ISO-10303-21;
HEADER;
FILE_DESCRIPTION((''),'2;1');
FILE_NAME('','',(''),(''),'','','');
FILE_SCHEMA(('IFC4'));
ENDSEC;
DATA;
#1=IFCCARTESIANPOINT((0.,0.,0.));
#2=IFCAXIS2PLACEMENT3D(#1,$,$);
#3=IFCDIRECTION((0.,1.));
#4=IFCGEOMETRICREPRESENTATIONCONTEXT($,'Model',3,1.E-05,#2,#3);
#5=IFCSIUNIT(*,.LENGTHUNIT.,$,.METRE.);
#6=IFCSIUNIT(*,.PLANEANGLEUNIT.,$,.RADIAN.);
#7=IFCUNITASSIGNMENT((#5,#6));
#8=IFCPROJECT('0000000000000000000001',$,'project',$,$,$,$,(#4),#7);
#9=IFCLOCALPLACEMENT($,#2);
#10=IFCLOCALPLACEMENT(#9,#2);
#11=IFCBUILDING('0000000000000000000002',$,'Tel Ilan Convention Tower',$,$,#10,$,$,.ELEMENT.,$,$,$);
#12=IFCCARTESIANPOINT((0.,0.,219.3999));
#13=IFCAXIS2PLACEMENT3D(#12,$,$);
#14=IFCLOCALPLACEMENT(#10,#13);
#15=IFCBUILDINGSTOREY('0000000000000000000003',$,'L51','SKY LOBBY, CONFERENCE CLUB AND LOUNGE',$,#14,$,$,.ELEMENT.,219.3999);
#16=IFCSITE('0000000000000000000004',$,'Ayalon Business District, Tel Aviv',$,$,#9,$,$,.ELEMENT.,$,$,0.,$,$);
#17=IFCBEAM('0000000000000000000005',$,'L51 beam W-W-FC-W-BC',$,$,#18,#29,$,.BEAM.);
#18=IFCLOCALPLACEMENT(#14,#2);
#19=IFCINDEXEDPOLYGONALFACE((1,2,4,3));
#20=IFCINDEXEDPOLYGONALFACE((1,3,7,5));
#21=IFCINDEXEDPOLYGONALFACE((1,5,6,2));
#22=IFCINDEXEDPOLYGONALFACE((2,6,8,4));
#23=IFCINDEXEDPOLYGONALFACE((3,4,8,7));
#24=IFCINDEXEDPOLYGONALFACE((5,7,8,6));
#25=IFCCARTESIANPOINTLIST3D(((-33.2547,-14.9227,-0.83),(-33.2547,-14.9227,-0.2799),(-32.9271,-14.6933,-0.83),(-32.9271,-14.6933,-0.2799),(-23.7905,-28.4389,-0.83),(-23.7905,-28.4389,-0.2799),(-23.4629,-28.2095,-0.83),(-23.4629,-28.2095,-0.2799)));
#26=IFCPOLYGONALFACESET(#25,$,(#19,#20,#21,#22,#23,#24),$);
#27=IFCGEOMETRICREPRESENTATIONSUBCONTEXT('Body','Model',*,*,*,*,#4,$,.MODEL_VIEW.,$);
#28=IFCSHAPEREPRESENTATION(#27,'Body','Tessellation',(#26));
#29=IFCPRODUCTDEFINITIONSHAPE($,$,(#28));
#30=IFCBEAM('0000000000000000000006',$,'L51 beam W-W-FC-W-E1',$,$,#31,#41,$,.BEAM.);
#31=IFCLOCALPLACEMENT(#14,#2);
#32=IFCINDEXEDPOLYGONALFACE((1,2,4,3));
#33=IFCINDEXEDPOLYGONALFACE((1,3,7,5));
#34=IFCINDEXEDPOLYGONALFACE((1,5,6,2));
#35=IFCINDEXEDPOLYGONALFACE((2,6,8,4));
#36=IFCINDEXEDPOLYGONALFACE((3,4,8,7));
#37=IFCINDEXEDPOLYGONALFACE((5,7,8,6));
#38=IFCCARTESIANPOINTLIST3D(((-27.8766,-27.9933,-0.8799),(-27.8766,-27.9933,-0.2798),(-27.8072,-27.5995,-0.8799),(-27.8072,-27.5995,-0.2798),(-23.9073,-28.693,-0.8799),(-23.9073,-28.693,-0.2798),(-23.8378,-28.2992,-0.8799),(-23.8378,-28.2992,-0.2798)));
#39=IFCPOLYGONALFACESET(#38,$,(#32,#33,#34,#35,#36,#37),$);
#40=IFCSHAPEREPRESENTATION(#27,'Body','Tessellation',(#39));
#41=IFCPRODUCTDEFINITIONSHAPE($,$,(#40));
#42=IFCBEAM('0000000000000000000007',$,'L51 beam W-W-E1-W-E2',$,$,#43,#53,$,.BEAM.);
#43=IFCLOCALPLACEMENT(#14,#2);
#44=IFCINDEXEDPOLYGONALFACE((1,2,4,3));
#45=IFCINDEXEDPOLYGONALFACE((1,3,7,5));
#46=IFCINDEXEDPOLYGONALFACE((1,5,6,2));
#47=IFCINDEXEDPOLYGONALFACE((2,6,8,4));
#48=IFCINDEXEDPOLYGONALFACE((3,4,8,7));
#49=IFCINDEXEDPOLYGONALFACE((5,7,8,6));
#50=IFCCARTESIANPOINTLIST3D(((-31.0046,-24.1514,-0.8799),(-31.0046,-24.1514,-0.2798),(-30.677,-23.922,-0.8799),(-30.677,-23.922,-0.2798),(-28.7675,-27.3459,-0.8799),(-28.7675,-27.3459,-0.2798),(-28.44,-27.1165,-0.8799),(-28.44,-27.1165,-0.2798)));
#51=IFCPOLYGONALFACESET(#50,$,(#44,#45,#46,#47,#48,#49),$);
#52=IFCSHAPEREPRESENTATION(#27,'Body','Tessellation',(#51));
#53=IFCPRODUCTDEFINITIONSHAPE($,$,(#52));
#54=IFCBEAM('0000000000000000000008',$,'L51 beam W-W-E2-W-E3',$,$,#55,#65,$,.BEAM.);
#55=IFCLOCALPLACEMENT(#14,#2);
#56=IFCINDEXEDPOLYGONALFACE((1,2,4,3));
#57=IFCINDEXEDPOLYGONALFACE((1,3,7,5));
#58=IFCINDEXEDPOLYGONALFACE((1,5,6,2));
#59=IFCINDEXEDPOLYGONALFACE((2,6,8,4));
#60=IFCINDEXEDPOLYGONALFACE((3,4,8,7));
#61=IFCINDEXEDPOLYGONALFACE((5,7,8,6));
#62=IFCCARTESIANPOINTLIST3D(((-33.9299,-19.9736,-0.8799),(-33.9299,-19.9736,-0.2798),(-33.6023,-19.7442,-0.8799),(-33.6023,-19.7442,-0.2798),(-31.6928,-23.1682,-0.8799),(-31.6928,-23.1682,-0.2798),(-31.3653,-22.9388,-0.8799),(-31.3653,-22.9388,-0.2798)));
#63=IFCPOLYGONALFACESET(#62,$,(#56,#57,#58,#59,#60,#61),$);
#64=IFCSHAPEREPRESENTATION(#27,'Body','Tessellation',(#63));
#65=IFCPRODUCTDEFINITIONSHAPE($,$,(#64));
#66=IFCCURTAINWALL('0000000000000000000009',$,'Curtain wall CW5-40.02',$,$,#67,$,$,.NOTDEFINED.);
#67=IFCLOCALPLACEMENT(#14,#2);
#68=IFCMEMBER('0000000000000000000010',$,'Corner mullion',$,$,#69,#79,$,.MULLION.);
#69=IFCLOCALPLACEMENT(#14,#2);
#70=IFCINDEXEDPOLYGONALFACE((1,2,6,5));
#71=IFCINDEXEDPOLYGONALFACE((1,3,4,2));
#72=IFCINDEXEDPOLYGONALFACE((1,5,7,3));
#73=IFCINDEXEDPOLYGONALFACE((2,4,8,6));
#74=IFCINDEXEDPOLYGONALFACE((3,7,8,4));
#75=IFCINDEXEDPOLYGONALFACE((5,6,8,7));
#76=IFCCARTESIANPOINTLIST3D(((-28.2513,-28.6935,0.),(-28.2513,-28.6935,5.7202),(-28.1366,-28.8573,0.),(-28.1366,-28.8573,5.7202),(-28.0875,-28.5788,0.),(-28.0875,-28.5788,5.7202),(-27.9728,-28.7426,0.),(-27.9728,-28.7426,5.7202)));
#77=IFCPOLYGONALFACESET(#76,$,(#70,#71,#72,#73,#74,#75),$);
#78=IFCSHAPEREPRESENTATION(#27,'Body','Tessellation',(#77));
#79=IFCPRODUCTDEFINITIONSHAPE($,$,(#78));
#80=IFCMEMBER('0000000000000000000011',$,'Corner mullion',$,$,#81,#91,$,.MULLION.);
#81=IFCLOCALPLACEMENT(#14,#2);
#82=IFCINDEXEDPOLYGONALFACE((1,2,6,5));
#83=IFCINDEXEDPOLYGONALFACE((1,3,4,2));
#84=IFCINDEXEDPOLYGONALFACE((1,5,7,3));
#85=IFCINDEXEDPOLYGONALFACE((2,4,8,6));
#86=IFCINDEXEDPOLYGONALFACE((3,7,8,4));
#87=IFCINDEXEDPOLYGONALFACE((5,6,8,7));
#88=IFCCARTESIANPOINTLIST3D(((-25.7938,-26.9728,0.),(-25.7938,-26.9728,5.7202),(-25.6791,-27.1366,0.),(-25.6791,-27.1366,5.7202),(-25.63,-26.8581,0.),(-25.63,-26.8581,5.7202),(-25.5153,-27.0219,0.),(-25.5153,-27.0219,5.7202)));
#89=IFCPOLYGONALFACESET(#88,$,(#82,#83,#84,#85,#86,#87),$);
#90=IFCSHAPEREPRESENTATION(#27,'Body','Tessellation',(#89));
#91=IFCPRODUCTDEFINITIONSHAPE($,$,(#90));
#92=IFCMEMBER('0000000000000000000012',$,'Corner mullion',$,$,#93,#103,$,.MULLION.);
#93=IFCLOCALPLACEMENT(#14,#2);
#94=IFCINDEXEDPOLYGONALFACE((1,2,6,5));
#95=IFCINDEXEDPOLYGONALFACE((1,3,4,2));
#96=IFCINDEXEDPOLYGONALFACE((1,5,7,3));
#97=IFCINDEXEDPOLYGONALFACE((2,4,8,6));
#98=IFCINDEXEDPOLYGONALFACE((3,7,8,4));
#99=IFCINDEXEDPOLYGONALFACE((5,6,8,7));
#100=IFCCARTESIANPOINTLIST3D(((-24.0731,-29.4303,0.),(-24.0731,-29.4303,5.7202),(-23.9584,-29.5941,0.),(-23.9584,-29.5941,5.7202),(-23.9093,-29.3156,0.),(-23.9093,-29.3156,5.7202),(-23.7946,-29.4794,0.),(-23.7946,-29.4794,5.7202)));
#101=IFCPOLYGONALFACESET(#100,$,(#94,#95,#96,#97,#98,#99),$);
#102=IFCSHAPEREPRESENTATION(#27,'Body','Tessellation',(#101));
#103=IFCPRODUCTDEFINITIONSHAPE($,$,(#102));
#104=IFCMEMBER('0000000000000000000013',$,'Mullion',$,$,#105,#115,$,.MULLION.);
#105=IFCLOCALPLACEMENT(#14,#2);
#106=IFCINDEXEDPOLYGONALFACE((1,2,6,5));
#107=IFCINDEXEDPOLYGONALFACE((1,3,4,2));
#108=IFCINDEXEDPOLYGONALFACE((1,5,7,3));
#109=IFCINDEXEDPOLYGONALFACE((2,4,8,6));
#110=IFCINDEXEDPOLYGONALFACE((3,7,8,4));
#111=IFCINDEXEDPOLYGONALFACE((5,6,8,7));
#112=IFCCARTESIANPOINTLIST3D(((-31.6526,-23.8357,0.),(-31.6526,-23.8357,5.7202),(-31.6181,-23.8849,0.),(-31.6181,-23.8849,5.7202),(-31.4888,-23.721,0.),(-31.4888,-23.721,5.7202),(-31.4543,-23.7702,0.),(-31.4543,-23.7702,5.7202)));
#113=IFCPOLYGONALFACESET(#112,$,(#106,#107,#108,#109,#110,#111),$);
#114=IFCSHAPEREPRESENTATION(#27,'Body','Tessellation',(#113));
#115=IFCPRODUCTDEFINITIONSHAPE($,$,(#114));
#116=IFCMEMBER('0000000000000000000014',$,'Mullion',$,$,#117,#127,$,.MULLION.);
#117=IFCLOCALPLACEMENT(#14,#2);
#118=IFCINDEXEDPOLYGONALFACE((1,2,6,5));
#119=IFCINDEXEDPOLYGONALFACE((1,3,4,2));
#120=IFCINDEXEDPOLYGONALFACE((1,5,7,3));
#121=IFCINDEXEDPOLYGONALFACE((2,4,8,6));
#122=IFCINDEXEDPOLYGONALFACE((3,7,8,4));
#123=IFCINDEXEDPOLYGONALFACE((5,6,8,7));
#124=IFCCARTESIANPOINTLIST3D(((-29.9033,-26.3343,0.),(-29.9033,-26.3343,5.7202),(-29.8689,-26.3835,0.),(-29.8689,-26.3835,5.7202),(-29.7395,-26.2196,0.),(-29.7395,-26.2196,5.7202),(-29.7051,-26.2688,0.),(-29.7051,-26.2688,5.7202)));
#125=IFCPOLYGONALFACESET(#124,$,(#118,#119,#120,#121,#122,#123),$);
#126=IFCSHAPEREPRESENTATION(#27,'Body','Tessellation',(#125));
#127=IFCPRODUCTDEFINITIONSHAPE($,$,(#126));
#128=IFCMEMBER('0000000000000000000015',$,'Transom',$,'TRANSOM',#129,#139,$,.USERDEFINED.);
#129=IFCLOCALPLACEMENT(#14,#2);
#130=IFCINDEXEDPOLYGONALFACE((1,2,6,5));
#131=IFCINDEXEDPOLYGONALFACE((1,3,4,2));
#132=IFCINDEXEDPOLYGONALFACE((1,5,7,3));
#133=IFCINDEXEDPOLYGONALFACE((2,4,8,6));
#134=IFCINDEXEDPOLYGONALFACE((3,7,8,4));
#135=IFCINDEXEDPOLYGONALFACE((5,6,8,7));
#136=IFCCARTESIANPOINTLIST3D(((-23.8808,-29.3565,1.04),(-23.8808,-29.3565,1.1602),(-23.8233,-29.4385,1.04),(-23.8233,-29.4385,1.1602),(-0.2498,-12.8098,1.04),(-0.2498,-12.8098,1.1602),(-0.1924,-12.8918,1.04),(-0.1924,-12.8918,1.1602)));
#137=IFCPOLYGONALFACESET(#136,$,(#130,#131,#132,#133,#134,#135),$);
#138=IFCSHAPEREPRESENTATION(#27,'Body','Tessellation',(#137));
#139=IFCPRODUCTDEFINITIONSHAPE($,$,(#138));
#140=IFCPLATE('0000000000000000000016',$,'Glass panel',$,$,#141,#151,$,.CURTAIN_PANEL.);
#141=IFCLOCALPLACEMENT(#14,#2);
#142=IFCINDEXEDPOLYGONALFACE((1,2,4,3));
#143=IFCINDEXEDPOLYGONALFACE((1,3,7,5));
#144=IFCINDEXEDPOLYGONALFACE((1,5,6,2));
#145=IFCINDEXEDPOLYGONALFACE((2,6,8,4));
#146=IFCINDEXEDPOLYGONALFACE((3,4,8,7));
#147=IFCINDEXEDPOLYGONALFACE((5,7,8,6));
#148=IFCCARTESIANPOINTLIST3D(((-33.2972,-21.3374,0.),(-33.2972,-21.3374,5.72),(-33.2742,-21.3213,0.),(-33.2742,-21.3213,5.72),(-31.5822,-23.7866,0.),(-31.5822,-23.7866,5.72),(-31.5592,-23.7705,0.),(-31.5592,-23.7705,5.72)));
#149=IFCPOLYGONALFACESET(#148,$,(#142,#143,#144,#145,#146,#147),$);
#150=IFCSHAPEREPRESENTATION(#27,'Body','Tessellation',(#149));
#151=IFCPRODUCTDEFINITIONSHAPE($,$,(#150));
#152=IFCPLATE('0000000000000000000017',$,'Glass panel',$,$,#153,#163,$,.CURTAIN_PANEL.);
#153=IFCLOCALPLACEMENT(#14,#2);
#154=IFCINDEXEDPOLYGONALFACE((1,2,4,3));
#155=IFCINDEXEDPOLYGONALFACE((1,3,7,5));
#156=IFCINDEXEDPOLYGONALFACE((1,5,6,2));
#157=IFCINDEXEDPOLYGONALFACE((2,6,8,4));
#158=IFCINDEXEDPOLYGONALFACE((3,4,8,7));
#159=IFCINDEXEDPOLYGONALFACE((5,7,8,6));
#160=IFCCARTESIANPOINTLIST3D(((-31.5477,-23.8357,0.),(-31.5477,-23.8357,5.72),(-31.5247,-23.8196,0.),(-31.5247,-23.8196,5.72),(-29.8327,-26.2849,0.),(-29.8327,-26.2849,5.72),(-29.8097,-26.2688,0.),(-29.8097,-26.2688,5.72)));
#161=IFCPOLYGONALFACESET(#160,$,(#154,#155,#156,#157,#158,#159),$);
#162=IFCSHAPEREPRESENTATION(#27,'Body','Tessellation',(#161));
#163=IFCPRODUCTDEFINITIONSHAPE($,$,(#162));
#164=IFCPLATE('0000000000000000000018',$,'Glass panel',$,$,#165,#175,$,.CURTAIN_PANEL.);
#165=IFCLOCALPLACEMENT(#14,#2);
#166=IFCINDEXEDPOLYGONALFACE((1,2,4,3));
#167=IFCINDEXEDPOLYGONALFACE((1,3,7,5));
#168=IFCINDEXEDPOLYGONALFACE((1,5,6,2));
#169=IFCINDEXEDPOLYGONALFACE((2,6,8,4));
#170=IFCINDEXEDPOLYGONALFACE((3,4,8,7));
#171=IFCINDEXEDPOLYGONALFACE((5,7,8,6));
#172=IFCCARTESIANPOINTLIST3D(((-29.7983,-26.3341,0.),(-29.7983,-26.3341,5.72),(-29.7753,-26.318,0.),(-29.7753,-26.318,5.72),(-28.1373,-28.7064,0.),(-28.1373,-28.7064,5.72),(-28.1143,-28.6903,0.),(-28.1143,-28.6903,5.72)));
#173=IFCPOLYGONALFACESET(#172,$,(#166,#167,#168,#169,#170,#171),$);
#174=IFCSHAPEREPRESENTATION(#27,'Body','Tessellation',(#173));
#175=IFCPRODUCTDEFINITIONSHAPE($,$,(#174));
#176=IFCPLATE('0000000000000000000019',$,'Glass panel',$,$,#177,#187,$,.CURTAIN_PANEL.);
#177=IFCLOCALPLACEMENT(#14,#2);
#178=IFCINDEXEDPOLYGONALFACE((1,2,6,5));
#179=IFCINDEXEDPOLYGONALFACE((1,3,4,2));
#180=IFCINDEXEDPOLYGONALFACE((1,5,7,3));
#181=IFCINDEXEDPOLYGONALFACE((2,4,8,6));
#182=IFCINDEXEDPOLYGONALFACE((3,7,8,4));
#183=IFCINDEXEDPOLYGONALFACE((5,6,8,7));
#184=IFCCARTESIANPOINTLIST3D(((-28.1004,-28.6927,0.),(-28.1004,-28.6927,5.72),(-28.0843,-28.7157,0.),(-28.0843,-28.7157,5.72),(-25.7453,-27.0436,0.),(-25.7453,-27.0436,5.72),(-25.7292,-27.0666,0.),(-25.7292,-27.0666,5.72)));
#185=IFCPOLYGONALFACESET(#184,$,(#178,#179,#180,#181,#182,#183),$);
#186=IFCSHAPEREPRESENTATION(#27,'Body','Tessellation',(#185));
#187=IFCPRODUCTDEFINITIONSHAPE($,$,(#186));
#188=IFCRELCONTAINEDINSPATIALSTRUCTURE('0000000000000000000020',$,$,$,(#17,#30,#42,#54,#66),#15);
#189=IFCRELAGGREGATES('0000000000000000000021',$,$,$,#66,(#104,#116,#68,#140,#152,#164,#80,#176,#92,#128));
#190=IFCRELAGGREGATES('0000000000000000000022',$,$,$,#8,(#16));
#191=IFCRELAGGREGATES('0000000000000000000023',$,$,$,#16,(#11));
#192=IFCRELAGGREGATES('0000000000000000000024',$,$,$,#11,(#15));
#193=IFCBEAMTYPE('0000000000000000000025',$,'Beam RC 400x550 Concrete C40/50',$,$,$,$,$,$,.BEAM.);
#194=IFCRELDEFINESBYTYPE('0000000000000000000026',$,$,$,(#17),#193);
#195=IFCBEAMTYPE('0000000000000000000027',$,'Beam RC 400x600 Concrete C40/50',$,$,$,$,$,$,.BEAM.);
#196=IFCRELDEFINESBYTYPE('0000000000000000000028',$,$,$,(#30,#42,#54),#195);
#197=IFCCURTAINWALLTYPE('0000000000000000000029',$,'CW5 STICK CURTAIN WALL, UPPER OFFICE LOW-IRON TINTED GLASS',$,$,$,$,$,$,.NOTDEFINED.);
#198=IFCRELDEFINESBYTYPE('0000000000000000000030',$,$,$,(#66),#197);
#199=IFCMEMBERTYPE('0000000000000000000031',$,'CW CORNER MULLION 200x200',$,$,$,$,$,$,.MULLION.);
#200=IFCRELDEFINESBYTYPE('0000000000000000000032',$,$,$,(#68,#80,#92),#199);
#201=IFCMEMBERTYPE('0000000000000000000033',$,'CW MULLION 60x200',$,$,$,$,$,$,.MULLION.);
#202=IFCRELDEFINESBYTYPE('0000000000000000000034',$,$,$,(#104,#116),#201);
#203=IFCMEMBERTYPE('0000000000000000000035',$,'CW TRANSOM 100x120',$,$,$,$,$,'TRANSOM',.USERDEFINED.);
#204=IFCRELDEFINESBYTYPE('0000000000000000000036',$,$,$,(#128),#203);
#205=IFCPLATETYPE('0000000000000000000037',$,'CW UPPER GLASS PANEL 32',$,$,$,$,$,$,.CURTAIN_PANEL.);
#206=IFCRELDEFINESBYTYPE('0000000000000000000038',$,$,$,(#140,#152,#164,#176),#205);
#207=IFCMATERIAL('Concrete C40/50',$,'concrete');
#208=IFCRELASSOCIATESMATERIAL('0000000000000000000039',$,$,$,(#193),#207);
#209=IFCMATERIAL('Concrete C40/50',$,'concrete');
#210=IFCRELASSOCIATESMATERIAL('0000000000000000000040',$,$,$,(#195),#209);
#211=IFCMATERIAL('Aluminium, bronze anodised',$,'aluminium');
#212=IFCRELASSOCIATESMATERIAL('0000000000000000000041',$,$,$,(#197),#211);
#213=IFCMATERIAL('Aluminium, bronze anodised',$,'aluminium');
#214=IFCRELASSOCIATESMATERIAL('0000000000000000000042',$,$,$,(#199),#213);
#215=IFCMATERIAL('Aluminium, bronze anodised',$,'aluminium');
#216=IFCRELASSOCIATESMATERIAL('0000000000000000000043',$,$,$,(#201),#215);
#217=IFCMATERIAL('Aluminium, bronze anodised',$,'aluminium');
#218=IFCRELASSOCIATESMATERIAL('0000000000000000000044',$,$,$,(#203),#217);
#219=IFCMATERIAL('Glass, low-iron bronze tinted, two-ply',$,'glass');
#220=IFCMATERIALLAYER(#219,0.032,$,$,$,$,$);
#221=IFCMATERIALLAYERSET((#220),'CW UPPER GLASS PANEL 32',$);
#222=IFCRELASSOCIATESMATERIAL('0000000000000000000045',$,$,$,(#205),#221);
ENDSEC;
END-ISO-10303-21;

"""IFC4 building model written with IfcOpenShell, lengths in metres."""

from ifc_helpers import new_model, si_unit, direction, frame, origin, origin_2d, place, context, subcontext, project, spatial, rectangle, extrude, material, layer, layer_set, material_profile, profile_set, type_object, element, aggregate, save


model = new_model("IFC4")

# Units and contexts
model_context = context("Model", 3, precision=1e-05, world=origin(), true_north=direction((0.0, 1.0)))
body_context = subcontext(model_context, "Body", "Model", "MODEL_VIEW")
ifc_project = project(units=[si_unit("LENGTHUNIT", "METRE"), si_unit("PLANEANGLEUNIT", "RADIAN")], contexts=[model_context])

# Site, building, storey
site_placement = place(None, origin())
site = spatial("IfcSite", under=ifc_project, at=site_placement, Name="Ayalon Business District, Tel Aviv", CompositionType="ELEMENT", RefElevation=0.0)
building_placement = place(site_placement, origin())
building = spatial("IfcBuilding", under=site, at=building_placement, Name="Tel Ilan Convention Tower", CompositionType="ELEMENT")
storey_placement = place(building_placement, frame((0.0, 0.0, 219.3999)))
storey = spatial("IfcBuildingStorey", under=building, at=storey_placement, Name="L51", Description="SKY LOBBY, CONFERENCE CLUB AND LOUNGE", CompositionType="ELEMENT", Elevation=219.3999)

# Beams
ifc_material_1 = material(Name="Concrete C40/50", Category="concrete")
ifc_material_profile_1 = material_profile(ifc_material_1, rectangle(XDim=0.3999, YDim=0.55, at=origin_2d()), Name="RC 400x550")
ifc_profile_set_1 = profile_set([ifc_material_profile_1], Name="Concrete C40/50")
beam_type_1 = type_object("IfcBeamType", Name="Beam RC 400x550 Concrete C40/50", PredefinedType="BEAM", material=ifc_profile_set_1)
beam_1_placement = place(storey_placement, frame((-23.6267, -28.3242, -0.5549), z_axis=(-0.573578, 0.819151, 0.0), x_axis=(-0.819151, -0.573578, 0.0)))
element("IfcBeam", 1, at=beam_1_placement, inside=storey, type_object=beam_type_1, Name="L51 beam W-W-FC-W-BC", PredefinedType="BEAM", context=body_context, shape_type="SweptSolid", body=[
    extrude(rectangle(XDim=0.3999, YDim=0.55, at=origin_2d()), origin(), (0.0, 0.0, 1.0), 16.5002),
])
ifc_material_2 = material(Name="Concrete C40/50", Category="concrete")
ifc_material_profile_2 = material_profile(ifc_material_2, rectangle(XDim=0.3999, YDim=0.6001, at=origin_2d()), Name="RC 400x600")
ifc_profile_set_2 = profile_set([ifc_material_profile_2], Name="Concrete C40/50")
beam_type_2 = type_object("IfcBeamType", Name="Beam RC 400x600 Concrete C40/50", PredefinedType="BEAM", material=ifc_profile_set_2)
beam_2_placement = place(storey_placement, frame((-23.8726, -28.4961, -0.5798), z_axis=(-0.984815, 0.173606, 0.0), x_axis=(-0.173606, -0.984815, 0.0)))
element("IfcBeam", 2, at=beam_2_placement, inside=storey, type_object=beam_type_2, Name="L51 beam W-W-FC-W-E1", PredefinedType="BEAM", context=body_context, shape_type="SweptSolid", body=[
    extrude(rectangle(XDim=0.3999, YDim=0.6001, at=origin_2d()), origin(), (0.0, 0.0, 1.0), 4.0305),
])
for number, where, z_axis, x_axis, name in (
    (3, (-28.6038, -27.2312, -0.5798), (-0.573609, 0.819129, 0.0), (-0.819129, -0.573609, 0.0), "L51 beam W-W-E1-W-E2"),
    (4, (-31.5291, -23.0535, -0.5798), (-0.573609, 0.819129, 0.0), (-0.819129, -0.573609, 0.0), "L51 beam W-W-E2-W-E3"),
):
    element("IfcBeam", number, at=place(storey_placement, frame(where, z_axis=z_axis, x_axis=x_axis)), inside=storey, type_object=beam_type_2, Name=name, PredefinedType="BEAM", context=body_context, shape_type="SweptSolid", body=[
        extrude(rectangle(XDim=0.3999, YDim=0.6001, at=origin_2d()), origin(), (0.0, 0.0, 1.0), 3.8999),
    ])

# Curtain wall, members, plates
ifc_material_3 = material(Name="Aluminium, bronze anodised", Category="aluminium")
curtain_wall_type = type_object("IfcCurtainWallType", Name="CW5 STICK CURTAIN WALL, UPPER OFFICE LOW-IRON TINTED GLASS", PredefinedType="NOTDEFINED", material=ifc_material_3)
curtain_wall_placement = place(storey_placement, origin())
curtain_wall = element("IfcCurtainWall", 5, at=curtain_wall_placement, inside=storey, type_object=curtain_wall_type, Name="Curtain wall CW5-40.02", PredefinedType="NOTDEFINED")
ifc_material_4 = material(Name="Aluminium, bronze anodised", Category="aluminium")
ifc_material_profile_3 = material_profile(ifc_material_4, rectangle(XDim=0.2, YDim=0.2, at=origin_2d()), Name="CW CORNER MULLION 200x200")
ifc_profile_set_3 = profile_set([ifc_material_profile_3], Name="Aluminium, bronze anodised")
member_type_1 = type_object("IfcMemberType", Name="CW CORNER MULLION 200x200", PredefinedType="MULLION", material=ifc_profile_set_3)
member_1_placement = place(storey_placement, frame((-28.1121, -28.718, 0.0), z_axis=(0.0, 0.0, 1.0), x_axis=(0.573576, -0.819152, 0.0)))
member_1 = element("IfcMember", 6, at=member_1_placement, type_object=member_type_1, Name="Corner mullion", PredefinedType="MULLION", context=body_context, shape_type="SweptSolid", body=[
    extrude(rectangle(XDim=0.2, YDim=0.2, at=origin_2d()), origin(), (0.0, 0.0, 1.0), 5.7202),
])
member_2_placement = place(storey_placement, frame((-25.6545, -26.9973, 0.0), z_axis=(0.0, 0.0, 1.0), x_axis=(0.819152, 0.573576, 0.0)))
member_2 = element("IfcMember", 7, at=member_2_placement, type_object=member_type_1, Name="Corner mullion", PredefinedType="MULLION", context=body_context, shape_type="SweptSolid", body=[
    extrude(rectangle(XDim=0.2, YDim=0.2, at=origin_2d()), origin(), (0.0, 0.0, 1.0), 5.7202),
])
member_3_placement = place(storey_placement, frame((-23.9338, -29.4548, 0.0), z_axis=(0.0, 0.0, 1.0), x_axis=(0.573576, -0.819152, 0.0)))
member_3 = element("IfcMember", 8, at=member_3_placement, type_object=member_type_1, Name="Corner mullion", PredefinedType="MULLION", context=body_context, shape_type="SweptSolid", body=[
    extrude(rectangle(XDim=0.2, YDim=0.2, at=origin_2d()), origin(), (0.0, 0.0, 1.0), 5.7202),
])
ifc_material_5 = material(Name="Aluminium, bronze anodised", Category="aluminium")
ifc_material_profile_4 = material_profile(ifc_material_5, rectangle(XDim=0.0601, YDim=0.2, at=origin_2d()), Name="CW MULLION 60x200")
ifc_profile_set_4 = profile_set([ifc_material_profile_4], Name="Aluminium, bronze anodised")
member_type_2 = type_object("IfcMemberType", Name="CW MULLION 60x200", PredefinedType="MULLION", material=ifc_profile_set_4)
member_4_placement = place(storey_placement, frame((-31.5535, -23.803, 0.0), z_axis=(0.0, 0.0, 1.0), x_axis=(0.573576, -0.819152, 0.0)))
member_4 = element("IfcMember", 9, at=member_4_placement, type_object=member_type_2, Name="Mullion", PredefinedType="MULLION", context=body_context, shape_type="SweptSolid", body=[
    extrude(rectangle(XDim=0.0601, YDim=0.2, at=origin_2d()), origin(), (0.0, 0.0, 1.0), 5.7202),
])
member_5_placement = place(storey_placement, frame((-29.8042, -26.3015, 0.0), z_axis=(0.0, 0.0, 1.0), x_axis=(0.573576, -0.819152, 0.0)))
member_5 = element("IfcMember", 10, at=member_5_placement, type_object=member_type_2, Name="Mullion", PredefinedType="MULLION", context=body_context, shape_type="SweptSolid", body=[
    extrude(rectangle(XDim=0.0601, YDim=0.2, at=origin_2d()), origin(), (0.0, 0.0, 1.0), 5.7202),
])
ifc_material_6 = material(Name="Aluminium, bronze anodised", Category="aluminium")
ifc_material_profile_5 = material_profile(ifc_material_6, rectangle(XDim=0.1001, YDim=0.1201, at=origin_2d()), Name="CW TRANSOM 100x120")
ifc_profile_set_5 = profile_set([ifc_material_profile_5], Name="Aluminium, bronze anodised")
member_type_3 = type_object("IfcMemberType", Name="CW TRANSOM 100x120", ElementType="TRANSOM", PredefinedType="USERDEFINED", material=ifc_profile_set_5)
member_6_placement = place(storey_placement, frame((-23.8521, -29.3975, 1.1001), z_axis=(0.81915, 0.573579, 0.0), x_axis=(-0.573579, 0.81915, 0.0)))
member_6 = element("IfcMember", 11, at=member_6_placement, type_object=member_type_3, Name="Transom", ObjectType="TRANSOM", PredefinedType="USERDEFINED", context=body_context, shape_type="SweptSolid", body=[
    extrude(rectangle(XDim=0.1001, YDim=0.1201, at=origin_2d()), origin(), (0.0, 0.0, 1.0), 28.8481),
])
ifc_material_7 = material(Name="Glass, low-iron bronze tinted, two-ply", Category="glass")
ifc_layer_1 = layer(ifc_material_7, 0.032)
ifc_layer_set_1 = layer_set([ifc_layer_1], Name="CW UPPER GLASS PANEL 32")
plate_type = type_object("IfcPlateType", Name="CW UPPER GLASS PANEL 32", PredefinedType="CURTAIN_PANEL", material=ifc_layer_set_1)
plate_1_placement = place(storey_placement, frame((-32.4282, -22.554, 0.0), z_axis=(0.0, 0.0, 1.0), x_axis=(0.573576, -0.819152, 0.0)))
plate_1 = element("IfcPlate", 12, at=plate_1_placement, type_object=plate_type, Name="Glass panel", PredefinedType="CURTAIN_PANEL", context=body_context, shape_type="SweptSolid", body=[
    extrude(rectangle(XDim=2.99, YDim=0.0281, at=origin_2d()), origin(), (0.0, 0.0, 1.0), 5.72),
])
plate_2_placement = place(storey_placement, frame((-30.6787, -25.0522, 0.0), z_axis=(0.0, 0.0, 1.0), x_axis=(0.573576, -0.819152, 0.0)))
plate_2 = element("IfcPlate", 13, at=plate_2_placement, type_object=plate_type, Name="Glass panel", PredefinedType="CURTAIN_PANEL", context=body_context, shape_type="SweptSolid", body=[
    extrude(rectangle(XDim=2.99, YDim=0.0281, at=origin_2d()), origin(), (0.0, 0.0, 1.0), 5.72),
])
plate_3_placement = place(storey_placement, frame((-28.9563, -27.5122, 0.0), z_axis=(0.0, 0.0, 1.0), x_axis=(0.573576, -0.819152, 0.0)))
plate_3 = element("IfcPlate", 14, at=plate_3_placement, type_object=plate_type, Name="Glass panel", PredefinedType="CURTAIN_PANEL", context=body_context, shape_type="SweptSolid", body=[
    extrude(rectangle(XDim=2.896, YDim=0.0281, at=origin_2d()), origin(), (0.0, 0.0, 1.0), 5.72),
])
plate_4_placement = place(storey_placement, frame((-26.9148, -27.8796, 0.0), z_axis=(0.0, 0.0, 1.0), x_axis=(0.819152, 0.573576, 0.0)))
plate_4 = element("IfcPlate", 15, at=plate_4_placement, type_object=plate_type, Name="Glass panel", PredefinedType="CURTAIN_PANEL", context=body_context, shape_type="SweptSolid", body=[
    extrude(rectangle(XDim=2.875, YDim=0.0281, at=origin_2d()), origin(), (0.0, 0.0, 1.0), 5.72),
])
aggregate(curtain_wall, [member_4, member_5, member_1, plate_1, plate_2, plate_3, member_2, plate_4, member_3, member_6])

save(model, "model.ifc")
